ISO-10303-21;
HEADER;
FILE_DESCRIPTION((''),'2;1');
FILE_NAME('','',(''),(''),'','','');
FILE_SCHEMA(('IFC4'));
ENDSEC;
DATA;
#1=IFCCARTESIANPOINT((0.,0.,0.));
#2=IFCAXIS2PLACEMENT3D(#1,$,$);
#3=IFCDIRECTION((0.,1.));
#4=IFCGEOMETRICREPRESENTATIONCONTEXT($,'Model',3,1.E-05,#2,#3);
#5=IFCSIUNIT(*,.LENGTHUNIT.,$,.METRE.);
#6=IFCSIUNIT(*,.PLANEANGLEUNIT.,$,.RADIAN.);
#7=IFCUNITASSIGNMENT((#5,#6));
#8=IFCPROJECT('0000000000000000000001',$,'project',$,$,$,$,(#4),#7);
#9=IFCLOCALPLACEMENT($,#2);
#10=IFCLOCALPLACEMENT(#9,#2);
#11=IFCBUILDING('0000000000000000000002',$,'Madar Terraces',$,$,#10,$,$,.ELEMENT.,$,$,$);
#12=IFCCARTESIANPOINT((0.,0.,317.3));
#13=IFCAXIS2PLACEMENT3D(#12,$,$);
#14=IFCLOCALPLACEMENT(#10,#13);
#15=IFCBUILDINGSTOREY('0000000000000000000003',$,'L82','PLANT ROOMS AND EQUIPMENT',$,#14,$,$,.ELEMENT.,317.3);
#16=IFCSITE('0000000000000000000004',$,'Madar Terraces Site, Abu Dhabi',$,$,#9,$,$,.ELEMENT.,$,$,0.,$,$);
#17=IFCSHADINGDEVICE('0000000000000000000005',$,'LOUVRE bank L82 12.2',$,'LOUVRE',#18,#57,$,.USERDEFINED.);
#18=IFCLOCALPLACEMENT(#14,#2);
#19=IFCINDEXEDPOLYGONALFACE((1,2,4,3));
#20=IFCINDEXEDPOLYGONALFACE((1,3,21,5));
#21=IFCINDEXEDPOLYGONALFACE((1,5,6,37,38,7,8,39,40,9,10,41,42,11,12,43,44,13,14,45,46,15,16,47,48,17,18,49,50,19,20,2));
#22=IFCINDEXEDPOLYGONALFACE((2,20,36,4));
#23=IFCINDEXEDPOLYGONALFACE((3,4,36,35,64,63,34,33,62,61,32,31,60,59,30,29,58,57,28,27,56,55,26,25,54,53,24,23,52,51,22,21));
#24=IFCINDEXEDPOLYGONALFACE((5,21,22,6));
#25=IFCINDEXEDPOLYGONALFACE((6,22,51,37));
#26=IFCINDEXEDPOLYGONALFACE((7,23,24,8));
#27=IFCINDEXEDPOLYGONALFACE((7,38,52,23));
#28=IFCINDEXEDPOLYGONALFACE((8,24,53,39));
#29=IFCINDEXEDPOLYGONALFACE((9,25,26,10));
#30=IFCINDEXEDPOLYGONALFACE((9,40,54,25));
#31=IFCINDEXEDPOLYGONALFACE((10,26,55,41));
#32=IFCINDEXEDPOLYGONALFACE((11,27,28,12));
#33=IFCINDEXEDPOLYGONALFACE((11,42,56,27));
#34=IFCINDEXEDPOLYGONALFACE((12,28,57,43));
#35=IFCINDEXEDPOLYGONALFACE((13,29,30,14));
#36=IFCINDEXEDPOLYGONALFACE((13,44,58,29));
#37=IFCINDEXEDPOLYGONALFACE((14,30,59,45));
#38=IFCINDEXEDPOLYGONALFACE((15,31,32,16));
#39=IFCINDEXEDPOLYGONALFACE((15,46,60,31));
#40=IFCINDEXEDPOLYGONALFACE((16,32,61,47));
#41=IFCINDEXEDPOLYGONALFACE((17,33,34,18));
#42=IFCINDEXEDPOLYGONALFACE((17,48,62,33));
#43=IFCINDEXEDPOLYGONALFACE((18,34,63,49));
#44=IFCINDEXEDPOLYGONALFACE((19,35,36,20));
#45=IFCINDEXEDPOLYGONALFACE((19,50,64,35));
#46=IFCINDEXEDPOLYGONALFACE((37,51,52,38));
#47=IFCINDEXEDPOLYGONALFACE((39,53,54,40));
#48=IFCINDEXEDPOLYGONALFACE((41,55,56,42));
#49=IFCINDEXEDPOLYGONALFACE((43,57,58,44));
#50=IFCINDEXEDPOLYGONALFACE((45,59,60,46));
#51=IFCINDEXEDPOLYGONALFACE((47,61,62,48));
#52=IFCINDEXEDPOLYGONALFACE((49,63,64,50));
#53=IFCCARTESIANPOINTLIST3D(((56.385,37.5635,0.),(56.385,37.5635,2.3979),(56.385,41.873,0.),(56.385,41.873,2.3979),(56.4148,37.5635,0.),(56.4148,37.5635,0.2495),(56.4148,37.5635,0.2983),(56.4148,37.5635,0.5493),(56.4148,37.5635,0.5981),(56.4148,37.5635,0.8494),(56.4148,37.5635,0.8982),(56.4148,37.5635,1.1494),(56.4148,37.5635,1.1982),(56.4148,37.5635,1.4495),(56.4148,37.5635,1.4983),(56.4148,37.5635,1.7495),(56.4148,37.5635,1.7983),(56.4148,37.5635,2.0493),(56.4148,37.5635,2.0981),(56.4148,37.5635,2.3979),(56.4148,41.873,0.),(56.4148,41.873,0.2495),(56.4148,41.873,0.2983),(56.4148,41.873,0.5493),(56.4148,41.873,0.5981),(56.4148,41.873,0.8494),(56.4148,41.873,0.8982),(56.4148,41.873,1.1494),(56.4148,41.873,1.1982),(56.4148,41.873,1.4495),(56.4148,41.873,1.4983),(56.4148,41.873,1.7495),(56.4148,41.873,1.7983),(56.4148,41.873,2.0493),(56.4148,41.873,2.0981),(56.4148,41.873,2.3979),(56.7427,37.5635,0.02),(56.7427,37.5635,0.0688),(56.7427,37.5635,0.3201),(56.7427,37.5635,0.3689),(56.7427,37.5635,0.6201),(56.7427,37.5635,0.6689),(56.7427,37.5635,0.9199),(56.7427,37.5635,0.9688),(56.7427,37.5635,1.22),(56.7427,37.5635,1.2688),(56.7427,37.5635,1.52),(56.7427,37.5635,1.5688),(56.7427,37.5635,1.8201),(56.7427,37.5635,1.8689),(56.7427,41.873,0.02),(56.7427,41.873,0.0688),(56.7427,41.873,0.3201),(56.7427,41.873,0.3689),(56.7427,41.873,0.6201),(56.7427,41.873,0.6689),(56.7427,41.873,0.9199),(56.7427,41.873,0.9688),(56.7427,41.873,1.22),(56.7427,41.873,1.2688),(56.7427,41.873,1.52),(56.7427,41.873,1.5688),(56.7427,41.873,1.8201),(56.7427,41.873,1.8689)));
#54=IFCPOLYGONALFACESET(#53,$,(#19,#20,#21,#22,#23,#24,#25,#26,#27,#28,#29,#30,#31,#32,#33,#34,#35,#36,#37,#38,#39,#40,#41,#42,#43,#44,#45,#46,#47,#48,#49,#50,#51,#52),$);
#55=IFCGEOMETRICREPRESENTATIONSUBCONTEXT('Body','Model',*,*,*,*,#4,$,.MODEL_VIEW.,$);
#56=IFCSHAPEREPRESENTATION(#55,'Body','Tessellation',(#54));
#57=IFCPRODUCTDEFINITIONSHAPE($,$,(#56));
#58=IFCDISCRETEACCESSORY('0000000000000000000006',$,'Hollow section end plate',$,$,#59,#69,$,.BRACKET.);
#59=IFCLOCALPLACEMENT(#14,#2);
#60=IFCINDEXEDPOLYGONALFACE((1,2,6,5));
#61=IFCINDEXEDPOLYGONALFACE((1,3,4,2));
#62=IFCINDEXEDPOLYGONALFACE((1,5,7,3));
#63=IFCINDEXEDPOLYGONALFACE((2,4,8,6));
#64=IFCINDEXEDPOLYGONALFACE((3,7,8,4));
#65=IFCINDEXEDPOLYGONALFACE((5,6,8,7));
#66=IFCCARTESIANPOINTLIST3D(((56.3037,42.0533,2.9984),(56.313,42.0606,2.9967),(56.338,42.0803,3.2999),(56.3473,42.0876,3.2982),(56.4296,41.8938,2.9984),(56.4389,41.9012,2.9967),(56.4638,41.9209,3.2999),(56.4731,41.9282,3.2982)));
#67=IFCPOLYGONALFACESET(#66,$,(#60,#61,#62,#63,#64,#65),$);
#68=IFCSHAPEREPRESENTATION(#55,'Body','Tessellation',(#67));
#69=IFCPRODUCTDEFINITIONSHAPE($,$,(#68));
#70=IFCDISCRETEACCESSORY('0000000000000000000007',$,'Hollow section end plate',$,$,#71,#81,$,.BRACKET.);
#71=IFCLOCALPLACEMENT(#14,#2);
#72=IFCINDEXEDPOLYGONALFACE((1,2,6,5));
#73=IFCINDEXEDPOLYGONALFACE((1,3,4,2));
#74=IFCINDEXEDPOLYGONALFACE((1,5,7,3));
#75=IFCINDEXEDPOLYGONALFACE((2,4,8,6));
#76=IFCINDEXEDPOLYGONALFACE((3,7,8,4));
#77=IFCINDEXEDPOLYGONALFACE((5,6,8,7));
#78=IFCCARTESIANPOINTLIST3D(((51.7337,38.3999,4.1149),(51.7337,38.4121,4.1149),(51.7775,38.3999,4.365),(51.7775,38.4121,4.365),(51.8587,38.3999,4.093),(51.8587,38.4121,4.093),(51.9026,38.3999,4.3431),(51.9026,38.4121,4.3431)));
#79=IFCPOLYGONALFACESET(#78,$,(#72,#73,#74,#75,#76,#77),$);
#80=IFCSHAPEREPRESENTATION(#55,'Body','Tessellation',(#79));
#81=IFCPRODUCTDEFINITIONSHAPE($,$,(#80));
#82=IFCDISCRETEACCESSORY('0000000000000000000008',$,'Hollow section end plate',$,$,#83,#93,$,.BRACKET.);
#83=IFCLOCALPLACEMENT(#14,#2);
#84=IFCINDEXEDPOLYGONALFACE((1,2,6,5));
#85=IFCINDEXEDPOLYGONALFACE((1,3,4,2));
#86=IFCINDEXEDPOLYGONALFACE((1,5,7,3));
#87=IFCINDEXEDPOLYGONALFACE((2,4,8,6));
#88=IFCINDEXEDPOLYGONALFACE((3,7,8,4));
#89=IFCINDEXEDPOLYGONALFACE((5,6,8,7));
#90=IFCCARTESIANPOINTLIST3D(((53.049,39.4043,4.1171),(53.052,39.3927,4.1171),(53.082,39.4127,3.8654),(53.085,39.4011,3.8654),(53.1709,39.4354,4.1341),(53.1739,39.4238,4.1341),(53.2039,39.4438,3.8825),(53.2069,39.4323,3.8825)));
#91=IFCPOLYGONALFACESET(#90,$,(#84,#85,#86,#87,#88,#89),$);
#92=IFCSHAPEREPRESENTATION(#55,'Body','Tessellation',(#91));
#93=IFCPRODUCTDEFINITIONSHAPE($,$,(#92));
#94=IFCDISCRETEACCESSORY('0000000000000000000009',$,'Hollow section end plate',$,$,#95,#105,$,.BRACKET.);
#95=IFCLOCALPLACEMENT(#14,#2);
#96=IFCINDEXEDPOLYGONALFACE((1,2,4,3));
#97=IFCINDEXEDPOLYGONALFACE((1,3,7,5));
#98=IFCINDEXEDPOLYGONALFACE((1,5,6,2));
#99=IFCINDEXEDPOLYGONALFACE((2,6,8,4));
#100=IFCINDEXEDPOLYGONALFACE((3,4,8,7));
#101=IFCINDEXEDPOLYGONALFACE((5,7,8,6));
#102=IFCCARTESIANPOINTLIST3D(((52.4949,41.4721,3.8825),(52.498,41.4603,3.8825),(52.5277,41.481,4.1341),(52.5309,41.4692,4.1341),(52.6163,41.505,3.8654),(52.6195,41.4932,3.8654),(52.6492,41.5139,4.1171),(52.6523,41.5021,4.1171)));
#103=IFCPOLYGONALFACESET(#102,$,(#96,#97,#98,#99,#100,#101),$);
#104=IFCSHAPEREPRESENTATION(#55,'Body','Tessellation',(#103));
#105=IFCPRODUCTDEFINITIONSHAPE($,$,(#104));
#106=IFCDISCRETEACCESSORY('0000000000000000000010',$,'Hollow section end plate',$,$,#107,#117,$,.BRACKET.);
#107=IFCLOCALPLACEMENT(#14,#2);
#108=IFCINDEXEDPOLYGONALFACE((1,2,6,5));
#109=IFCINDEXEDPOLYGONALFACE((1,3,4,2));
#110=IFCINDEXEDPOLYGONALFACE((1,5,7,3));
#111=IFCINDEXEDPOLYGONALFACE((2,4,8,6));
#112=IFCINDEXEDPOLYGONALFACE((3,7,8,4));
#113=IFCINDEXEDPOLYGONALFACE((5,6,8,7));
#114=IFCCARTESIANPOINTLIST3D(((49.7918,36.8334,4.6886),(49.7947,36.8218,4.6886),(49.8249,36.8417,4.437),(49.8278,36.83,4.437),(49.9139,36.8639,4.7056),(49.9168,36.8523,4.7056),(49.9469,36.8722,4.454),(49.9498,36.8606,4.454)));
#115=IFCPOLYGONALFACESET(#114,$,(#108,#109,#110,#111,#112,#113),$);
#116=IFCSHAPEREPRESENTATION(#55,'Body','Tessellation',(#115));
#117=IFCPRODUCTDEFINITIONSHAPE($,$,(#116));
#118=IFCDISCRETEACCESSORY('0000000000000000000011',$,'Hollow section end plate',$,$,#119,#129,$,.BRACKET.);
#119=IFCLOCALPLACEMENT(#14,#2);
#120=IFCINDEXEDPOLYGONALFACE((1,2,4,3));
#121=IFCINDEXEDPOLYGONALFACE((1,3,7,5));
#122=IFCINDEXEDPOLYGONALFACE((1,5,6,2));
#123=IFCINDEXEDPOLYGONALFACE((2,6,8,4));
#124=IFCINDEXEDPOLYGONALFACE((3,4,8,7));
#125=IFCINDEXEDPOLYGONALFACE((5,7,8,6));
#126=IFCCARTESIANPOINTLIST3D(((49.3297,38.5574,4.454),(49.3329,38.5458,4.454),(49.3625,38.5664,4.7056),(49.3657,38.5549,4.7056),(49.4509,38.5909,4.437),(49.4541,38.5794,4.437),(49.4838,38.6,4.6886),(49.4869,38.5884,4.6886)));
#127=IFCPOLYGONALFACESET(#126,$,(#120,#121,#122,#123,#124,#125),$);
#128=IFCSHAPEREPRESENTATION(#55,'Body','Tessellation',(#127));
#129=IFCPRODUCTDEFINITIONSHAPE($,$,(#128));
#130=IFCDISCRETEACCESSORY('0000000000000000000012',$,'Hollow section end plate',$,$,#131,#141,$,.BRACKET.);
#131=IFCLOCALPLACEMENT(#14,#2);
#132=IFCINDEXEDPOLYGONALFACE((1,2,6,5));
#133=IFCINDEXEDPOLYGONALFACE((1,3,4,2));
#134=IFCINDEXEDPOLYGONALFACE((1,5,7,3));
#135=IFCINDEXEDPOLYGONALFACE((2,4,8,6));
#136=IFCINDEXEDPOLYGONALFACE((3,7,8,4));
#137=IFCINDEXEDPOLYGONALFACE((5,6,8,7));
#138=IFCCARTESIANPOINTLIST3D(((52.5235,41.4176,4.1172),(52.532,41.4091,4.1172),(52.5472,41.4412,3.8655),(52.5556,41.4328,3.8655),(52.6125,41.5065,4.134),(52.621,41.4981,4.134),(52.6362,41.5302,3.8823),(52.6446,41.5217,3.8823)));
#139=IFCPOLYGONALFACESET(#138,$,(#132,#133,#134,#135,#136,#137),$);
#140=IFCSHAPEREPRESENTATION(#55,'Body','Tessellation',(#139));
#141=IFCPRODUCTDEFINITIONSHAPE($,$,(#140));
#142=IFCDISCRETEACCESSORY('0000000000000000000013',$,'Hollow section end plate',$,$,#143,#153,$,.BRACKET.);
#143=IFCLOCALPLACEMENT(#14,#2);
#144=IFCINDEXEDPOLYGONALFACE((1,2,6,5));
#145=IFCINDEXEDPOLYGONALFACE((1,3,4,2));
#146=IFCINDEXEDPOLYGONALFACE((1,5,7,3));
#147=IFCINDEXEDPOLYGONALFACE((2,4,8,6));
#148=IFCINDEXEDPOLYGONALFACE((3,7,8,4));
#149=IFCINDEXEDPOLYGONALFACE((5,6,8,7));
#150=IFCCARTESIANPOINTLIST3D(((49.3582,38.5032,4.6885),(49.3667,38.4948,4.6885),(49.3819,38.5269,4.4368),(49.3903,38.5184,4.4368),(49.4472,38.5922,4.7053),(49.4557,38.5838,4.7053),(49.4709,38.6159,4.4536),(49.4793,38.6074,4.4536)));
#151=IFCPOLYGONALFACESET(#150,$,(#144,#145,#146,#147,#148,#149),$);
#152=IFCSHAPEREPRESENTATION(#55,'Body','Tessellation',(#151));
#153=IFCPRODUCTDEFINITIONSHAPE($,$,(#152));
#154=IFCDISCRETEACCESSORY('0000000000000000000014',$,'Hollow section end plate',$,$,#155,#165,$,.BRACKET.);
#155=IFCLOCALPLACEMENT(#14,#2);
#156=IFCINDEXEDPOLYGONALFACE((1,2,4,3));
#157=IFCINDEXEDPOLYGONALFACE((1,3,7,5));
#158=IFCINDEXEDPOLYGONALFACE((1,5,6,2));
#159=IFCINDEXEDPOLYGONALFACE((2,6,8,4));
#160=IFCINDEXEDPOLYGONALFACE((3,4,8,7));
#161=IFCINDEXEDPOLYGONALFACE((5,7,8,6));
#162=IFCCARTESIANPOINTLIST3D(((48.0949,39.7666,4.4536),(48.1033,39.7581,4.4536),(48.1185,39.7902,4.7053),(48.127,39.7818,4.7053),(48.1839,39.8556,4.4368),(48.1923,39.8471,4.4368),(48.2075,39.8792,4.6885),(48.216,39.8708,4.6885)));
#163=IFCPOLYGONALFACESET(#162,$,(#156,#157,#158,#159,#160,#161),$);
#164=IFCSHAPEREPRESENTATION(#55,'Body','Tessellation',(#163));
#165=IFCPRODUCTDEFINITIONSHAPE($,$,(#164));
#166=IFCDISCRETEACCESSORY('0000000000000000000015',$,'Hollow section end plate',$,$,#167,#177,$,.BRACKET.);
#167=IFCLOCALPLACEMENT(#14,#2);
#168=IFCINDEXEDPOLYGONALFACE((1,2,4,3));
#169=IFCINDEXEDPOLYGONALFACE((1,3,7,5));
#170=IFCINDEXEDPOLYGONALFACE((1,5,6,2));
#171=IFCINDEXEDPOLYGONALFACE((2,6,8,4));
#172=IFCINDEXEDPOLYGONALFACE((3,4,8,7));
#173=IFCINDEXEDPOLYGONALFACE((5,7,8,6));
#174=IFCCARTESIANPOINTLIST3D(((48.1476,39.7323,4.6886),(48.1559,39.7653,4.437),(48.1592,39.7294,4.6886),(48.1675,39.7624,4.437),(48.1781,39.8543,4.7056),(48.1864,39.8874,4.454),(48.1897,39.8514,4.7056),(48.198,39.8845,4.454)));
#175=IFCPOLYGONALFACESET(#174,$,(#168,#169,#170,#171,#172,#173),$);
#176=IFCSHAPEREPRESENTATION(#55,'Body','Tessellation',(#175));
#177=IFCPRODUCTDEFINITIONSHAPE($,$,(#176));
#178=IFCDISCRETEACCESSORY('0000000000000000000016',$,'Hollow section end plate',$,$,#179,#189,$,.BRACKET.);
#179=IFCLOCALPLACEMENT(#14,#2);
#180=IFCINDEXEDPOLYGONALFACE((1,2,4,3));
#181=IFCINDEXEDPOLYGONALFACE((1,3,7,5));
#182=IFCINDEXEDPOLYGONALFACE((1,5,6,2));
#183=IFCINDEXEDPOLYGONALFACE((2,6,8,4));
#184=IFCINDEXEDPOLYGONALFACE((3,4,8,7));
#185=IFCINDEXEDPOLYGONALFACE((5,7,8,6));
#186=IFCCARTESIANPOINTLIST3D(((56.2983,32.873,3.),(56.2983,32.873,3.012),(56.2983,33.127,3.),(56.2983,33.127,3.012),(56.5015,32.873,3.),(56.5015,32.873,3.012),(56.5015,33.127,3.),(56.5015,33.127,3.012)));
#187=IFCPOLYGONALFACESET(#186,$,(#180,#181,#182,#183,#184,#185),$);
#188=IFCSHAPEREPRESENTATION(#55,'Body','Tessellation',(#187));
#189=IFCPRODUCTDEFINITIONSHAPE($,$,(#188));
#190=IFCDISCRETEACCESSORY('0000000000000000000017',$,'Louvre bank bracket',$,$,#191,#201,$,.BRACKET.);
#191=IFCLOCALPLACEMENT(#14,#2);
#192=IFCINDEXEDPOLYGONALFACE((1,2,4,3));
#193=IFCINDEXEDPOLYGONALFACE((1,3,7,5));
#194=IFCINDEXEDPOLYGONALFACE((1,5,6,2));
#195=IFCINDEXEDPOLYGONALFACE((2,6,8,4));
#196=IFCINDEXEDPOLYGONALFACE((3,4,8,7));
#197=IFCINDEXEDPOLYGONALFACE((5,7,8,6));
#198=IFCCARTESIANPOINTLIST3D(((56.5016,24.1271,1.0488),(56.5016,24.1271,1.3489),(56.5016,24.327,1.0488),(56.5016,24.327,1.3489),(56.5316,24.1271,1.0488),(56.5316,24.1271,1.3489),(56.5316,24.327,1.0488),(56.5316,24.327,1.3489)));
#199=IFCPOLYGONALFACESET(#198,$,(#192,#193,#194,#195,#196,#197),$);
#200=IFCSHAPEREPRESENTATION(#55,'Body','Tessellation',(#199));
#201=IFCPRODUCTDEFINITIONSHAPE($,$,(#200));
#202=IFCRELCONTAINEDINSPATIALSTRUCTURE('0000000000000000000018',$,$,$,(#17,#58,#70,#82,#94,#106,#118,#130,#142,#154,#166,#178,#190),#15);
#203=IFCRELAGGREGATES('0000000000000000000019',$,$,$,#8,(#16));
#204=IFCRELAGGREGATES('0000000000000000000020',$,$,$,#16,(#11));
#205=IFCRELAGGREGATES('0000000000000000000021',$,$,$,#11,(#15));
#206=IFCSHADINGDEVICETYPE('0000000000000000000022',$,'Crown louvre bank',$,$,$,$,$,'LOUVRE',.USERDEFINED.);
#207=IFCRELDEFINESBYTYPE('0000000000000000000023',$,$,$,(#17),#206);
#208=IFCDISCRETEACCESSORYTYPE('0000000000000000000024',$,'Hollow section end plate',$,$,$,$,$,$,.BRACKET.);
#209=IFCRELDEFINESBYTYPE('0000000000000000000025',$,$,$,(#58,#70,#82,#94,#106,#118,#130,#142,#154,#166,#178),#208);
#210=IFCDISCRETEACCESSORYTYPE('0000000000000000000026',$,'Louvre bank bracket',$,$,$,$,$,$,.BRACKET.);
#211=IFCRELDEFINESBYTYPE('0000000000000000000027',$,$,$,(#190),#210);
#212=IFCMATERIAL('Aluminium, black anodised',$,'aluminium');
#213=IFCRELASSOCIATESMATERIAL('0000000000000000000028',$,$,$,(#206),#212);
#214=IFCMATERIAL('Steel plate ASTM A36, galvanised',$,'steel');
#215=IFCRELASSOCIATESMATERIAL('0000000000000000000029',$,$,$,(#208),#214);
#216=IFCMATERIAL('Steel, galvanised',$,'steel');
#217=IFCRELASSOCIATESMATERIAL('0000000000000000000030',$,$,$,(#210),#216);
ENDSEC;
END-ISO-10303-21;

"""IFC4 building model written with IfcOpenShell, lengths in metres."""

from ifc_helpers import new_model, si_unit, direction, frame, origin, origin_2d, place, context, subcontext, project, spatial, polyline, rectangle, outline, extrude, material, type_object, element, save


model = new_model("IFC4")

# Units and contexts
model_context = context("Model", 3, precision=1e-05, world=origin(), true_north=direction((0.0, 1.0)))
body_context = subcontext(model_context, "Body", "Model", "MODEL_VIEW")
ifc_project = project(units=[si_unit("LENGTHUNIT", "METRE"), si_unit("PLANEANGLEUNIT", "RADIAN")], contexts=[model_context])

# Site, building, storey
site_placement = place(None, origin())
site = spatial("IfcSite", under=ifc_project, at=site_placement, Name="Madar Terraces Site, Abu Dhabi", CompositionType="ELEMENT", RefElevation=0.0)
building_placement = place(site_placement, origin())
building = spatial("IfcBuilding", under=site, at=building_placement, Name="Madar Terraces", CompositionType="ELEMENT")
storey_placement = place(building_placement, frame((0.0, 0.0, 317.3)))
storey = spatial("IfcBuildingStorey", under=building, at=storey_placement, Name="L82", Description="PLANT ROOMS AND EQUIPMENT", CompositionType="ELEMENT", Elevation=317.3)

# Shading device
ifc_material_1 = material(Name="Aluminium, black anodised", Category="aluminium")
shading_device_type = type_object("IfcShadingDeviceType", Name="Crown louvre bank", ElementType="LOUVRE", PredefinedType="USERDEFINED", material=ifc_material_1)
for number, where, z_axis, x_axis, name in (
    (1, (56.3999, 37.5635, 0.0), (0.0, 1.0, 0.0), (-1.0, 0.0, 0.0), "LOUVRE bank L82 12.2"),
):
    element("IfcShadingDevice", number, at=place(storey_placement, frame(where, z_axis=z_axis, x_axis=x_axis)), inside=storey, type_object=shading_device_type, Name=name, ObjectType="LOUVRE", PredefinedType="USERDEFINED", context=body_context, shape_type="SweptSolid", body=[
        extrude(outline(polyline([(0.0149, 0.0), (-0.0149, 0.0), (-0.0149, 0.2495), (-0.3428, 0.02), (-0.3428, 0.0688), (-0.0149, 0.2983), (-0.0149, 0.5493), (-0.3428, 0.3201), (-0.3428, 0.3689), (-0.0149, 0.5981), (-0.0149, 0.8494), (-0.3428, 0.6201), (-0.3428, 0.6689), (-0.0149, 0.8982), (-0.0149, 1.1494), (-0.3428, 0.9199), (-0.3428, 0.9688), (-0.0149, 1.1982), (-0.0149, 1.4495), (-0.3428, 1.22), (-0.3428, 1.2688), (-0.0149, 1.4983), (-0.0149, 1.7495), (-0.3428, 1.52), (-0.3428, 1.5688), (-0.0149, 1.7983), (-0.0149, 2.0493), (-0.3428, 1.8201), (-0.3428, 1.8689), (-0.0149, 2.0981), (-0.0149, 2.3979), (0.0149, 2.3979), (0.0149, 0.0)])), origin(), (0.0, 0.0, 1.0), 4.3096),
    ])

# Discrete accessories
ifc_material_2 = material(Name="Steel plate ASTM A36, galvanised", Category="steel")
discrete_accessory_type_1 = type_object("IfcDiscreteAccessoryType", Name="Hollow section end plate", PredefinedType="BRACKET", material=ifc_material_2)
discrete_accessory_1_placement = place(storey_placement, frame((56.3838, 41.9871, 3.1492), z_axis=(0.776805, 0.613267, -0.143096), x_axis=(-0.619644, 0.784883, 0.0)))
element("IfcDiscreteAccessory", 2, at=discrete_accessory_1_placement, inside=storey, type_object=discrete_accessory_type_1, Name="Hollow section end plate", PredefinedType="BRACKET", context=body_context, shape_type="SweptSolid", body=[
    extrude(rectangle(XDim=0.2031, YDim=0.3047, at=origin_2d()), origin(), (0.0, 0.0, 1.0), 0.012),
])
discrete_accessory_2_placement = place(storey_placement, frame((51.8181, 38.3999, 4.229), z_axis=(0.0, 1.0, 0.0), x_axis=(-0.984957, 0.0, 0.172799)))
element("IfcDiscreteAccessory", 3, at=discrete_accessory_2_placement, inside=storey, type_object=discrete_accessory_type_1, Name="Hollow section end plate", PredefinedType="BRACKET", context=body_context, shape_type="SweptSolid", body=[
    extrude(rectangle(XDim=0.127, YDim=0.2539, at=origin_2d()), origin(), (0.0, 0.0, 1.0), 0.0122),
])
discrete_accessory_3_placement = place(storey_placement, frame((53.1265, 39.4241, 3.9998), z_axis=(0.247383, -0.968918, 0.0), x_axis=(0.960168, 0.245149, 0.134086)))
element("IfcDiscreteAccessory", 4, at=discrete_accessory_3_placement, inside=storey, type_object=discrete_accessory_type_1, Name="Hollow section end plate", PredefinedType="BRACKET", context=body_context, shape_type="SweptSolid", body=[
    extrude(rectangle(XDim=0.127, YDim=0.2539, at=origin_2d()), origin(), (0.0, 0.0, 1.0), 0.012),
])
discrete_accessory_4_placement = place(storey_placement, frame((52.5752, 41.4812, 3.9998), z_axis=(-0.261415, 0.965226, 0.0), x_axis=(-0.95651, -0.259055, 0.134086)))
element("IfcDiscreteAccessory", 5, at=discrete_accessory_4_placement, inside=storey, type_object=discrete_accessory_type_1, Name="Hollow section end plate", PredefinedType="BRACKET", context=body_context, shape_type="SweptSolid", body=[
    extrude(rectangle(XDim=0.127, YDim=0.2539, at=origin_2d()), origin(), (0.0, 0.0, 1.0), 0.0122),
])
for number, where, z_axis, x_axis, name in (
    (6, (49.8694, 36.8528, 4.5713), (0.242536, -0.970143, 0.0), (0.961382, 0.240345, 0.134086), "Hollow section end plate"),
    (7, (49.4099, 38.5671, 4.5713), (-0.266586, 0.963811, 0.0), (-0.955108, -0.264179, 0.134086), "Hollow section end plate"),
    (8, (52.5798, 41.4739, 3.9998), (0.707107, -0.707107, 0.0), (0.700941, 0.700941, 0.131765), "Hollow section end plate"),
    (9, (49.4146, 38.5596, 4.571), (0.707107, -0.707107, 0.0), (0.700941, 0.700941, 0.131765), "Hollow section end plate"),
    (10, (48.1597, 39.8145, 4.571), (-0.707107, 0.707107, 0.0), (-0.700941, -0.700941, 0.131765), "Hollow section end plate"),
    (11, (48.167, 39.8098, 4.5713), (0.970143, -0.242536, 0.0), (0.240345, 0.961382, 0.134086), "Hollow section end plate"),
):
    element("IfcDiscreteAccessory", number, at=place(storey_placement, frame(where, z_axis=z_axis, x_axis=x_axis)), inside=storey, type_object=discrete_accessory_type_1, Name=name, PredefinedType="BRACKET", context=body_context, shape_type="SweptSolid", body=[
        extrude(rectangle(XDim=0.127, YDim=0.2539, at=origin_2d()), origin(), (0.0, 0.0, 1.0), 0.012),
    ])
discrete_accessory_5_placement = place(storey_placement, frame((56.3999, 33.0, 3.0), z_axis=(0.0, 0.0, 1.0), x_axis=(1.0, 0.0, 0.0)))
element("IfcDiscreteAccessory", 12, at=discrete_accessory_5_placement, inside=storey, type_object=discrete_accessory_type_1, Name="Hollow section end plate", PredefinedType="BRACKET", context=body_context, shape_type="SweptSolid", body=[
    extrude(rectangle(XDim=0.2031, YDim=0.2539, at=origin_2d()), origin(), (0.0, 0.0, 1.0), 0.012),
])
ifc_material_3 = material(Name="Steel, galvanised", Category="steel")
discrete_accessory_type_2 = type_object("IfcDiscreteAccessoryType", Name="Louvre bank bracket", PredefinedType="BRACKET", material=ifc_material_3)
for number, where, z_axis, x_axis, name in (
    (13, (56.5166, 24.2271, 1.0488), (0.0, 0.0, 1.0), (0.0, 1.0, 0.0), "Louvre bank bracket"),
):
    element("IfcDiscreteAccessory", number, at=place(storey_placement, frame(where, z_axis=z_axis, x_axis=x_axis)), inside=storey, type_object=discrete_accessory_type_2, Name=name, PredefinedType="BRACKET", context=body_context, shape_type="SweptSolid", body=[
        extrude(rectangle(XDim=0.2, YDim=0.03, at=origin_2d()), origin(), (0.0, 0.0, 1.0), 0.3),
    ])

save(model, "model.ifc")
